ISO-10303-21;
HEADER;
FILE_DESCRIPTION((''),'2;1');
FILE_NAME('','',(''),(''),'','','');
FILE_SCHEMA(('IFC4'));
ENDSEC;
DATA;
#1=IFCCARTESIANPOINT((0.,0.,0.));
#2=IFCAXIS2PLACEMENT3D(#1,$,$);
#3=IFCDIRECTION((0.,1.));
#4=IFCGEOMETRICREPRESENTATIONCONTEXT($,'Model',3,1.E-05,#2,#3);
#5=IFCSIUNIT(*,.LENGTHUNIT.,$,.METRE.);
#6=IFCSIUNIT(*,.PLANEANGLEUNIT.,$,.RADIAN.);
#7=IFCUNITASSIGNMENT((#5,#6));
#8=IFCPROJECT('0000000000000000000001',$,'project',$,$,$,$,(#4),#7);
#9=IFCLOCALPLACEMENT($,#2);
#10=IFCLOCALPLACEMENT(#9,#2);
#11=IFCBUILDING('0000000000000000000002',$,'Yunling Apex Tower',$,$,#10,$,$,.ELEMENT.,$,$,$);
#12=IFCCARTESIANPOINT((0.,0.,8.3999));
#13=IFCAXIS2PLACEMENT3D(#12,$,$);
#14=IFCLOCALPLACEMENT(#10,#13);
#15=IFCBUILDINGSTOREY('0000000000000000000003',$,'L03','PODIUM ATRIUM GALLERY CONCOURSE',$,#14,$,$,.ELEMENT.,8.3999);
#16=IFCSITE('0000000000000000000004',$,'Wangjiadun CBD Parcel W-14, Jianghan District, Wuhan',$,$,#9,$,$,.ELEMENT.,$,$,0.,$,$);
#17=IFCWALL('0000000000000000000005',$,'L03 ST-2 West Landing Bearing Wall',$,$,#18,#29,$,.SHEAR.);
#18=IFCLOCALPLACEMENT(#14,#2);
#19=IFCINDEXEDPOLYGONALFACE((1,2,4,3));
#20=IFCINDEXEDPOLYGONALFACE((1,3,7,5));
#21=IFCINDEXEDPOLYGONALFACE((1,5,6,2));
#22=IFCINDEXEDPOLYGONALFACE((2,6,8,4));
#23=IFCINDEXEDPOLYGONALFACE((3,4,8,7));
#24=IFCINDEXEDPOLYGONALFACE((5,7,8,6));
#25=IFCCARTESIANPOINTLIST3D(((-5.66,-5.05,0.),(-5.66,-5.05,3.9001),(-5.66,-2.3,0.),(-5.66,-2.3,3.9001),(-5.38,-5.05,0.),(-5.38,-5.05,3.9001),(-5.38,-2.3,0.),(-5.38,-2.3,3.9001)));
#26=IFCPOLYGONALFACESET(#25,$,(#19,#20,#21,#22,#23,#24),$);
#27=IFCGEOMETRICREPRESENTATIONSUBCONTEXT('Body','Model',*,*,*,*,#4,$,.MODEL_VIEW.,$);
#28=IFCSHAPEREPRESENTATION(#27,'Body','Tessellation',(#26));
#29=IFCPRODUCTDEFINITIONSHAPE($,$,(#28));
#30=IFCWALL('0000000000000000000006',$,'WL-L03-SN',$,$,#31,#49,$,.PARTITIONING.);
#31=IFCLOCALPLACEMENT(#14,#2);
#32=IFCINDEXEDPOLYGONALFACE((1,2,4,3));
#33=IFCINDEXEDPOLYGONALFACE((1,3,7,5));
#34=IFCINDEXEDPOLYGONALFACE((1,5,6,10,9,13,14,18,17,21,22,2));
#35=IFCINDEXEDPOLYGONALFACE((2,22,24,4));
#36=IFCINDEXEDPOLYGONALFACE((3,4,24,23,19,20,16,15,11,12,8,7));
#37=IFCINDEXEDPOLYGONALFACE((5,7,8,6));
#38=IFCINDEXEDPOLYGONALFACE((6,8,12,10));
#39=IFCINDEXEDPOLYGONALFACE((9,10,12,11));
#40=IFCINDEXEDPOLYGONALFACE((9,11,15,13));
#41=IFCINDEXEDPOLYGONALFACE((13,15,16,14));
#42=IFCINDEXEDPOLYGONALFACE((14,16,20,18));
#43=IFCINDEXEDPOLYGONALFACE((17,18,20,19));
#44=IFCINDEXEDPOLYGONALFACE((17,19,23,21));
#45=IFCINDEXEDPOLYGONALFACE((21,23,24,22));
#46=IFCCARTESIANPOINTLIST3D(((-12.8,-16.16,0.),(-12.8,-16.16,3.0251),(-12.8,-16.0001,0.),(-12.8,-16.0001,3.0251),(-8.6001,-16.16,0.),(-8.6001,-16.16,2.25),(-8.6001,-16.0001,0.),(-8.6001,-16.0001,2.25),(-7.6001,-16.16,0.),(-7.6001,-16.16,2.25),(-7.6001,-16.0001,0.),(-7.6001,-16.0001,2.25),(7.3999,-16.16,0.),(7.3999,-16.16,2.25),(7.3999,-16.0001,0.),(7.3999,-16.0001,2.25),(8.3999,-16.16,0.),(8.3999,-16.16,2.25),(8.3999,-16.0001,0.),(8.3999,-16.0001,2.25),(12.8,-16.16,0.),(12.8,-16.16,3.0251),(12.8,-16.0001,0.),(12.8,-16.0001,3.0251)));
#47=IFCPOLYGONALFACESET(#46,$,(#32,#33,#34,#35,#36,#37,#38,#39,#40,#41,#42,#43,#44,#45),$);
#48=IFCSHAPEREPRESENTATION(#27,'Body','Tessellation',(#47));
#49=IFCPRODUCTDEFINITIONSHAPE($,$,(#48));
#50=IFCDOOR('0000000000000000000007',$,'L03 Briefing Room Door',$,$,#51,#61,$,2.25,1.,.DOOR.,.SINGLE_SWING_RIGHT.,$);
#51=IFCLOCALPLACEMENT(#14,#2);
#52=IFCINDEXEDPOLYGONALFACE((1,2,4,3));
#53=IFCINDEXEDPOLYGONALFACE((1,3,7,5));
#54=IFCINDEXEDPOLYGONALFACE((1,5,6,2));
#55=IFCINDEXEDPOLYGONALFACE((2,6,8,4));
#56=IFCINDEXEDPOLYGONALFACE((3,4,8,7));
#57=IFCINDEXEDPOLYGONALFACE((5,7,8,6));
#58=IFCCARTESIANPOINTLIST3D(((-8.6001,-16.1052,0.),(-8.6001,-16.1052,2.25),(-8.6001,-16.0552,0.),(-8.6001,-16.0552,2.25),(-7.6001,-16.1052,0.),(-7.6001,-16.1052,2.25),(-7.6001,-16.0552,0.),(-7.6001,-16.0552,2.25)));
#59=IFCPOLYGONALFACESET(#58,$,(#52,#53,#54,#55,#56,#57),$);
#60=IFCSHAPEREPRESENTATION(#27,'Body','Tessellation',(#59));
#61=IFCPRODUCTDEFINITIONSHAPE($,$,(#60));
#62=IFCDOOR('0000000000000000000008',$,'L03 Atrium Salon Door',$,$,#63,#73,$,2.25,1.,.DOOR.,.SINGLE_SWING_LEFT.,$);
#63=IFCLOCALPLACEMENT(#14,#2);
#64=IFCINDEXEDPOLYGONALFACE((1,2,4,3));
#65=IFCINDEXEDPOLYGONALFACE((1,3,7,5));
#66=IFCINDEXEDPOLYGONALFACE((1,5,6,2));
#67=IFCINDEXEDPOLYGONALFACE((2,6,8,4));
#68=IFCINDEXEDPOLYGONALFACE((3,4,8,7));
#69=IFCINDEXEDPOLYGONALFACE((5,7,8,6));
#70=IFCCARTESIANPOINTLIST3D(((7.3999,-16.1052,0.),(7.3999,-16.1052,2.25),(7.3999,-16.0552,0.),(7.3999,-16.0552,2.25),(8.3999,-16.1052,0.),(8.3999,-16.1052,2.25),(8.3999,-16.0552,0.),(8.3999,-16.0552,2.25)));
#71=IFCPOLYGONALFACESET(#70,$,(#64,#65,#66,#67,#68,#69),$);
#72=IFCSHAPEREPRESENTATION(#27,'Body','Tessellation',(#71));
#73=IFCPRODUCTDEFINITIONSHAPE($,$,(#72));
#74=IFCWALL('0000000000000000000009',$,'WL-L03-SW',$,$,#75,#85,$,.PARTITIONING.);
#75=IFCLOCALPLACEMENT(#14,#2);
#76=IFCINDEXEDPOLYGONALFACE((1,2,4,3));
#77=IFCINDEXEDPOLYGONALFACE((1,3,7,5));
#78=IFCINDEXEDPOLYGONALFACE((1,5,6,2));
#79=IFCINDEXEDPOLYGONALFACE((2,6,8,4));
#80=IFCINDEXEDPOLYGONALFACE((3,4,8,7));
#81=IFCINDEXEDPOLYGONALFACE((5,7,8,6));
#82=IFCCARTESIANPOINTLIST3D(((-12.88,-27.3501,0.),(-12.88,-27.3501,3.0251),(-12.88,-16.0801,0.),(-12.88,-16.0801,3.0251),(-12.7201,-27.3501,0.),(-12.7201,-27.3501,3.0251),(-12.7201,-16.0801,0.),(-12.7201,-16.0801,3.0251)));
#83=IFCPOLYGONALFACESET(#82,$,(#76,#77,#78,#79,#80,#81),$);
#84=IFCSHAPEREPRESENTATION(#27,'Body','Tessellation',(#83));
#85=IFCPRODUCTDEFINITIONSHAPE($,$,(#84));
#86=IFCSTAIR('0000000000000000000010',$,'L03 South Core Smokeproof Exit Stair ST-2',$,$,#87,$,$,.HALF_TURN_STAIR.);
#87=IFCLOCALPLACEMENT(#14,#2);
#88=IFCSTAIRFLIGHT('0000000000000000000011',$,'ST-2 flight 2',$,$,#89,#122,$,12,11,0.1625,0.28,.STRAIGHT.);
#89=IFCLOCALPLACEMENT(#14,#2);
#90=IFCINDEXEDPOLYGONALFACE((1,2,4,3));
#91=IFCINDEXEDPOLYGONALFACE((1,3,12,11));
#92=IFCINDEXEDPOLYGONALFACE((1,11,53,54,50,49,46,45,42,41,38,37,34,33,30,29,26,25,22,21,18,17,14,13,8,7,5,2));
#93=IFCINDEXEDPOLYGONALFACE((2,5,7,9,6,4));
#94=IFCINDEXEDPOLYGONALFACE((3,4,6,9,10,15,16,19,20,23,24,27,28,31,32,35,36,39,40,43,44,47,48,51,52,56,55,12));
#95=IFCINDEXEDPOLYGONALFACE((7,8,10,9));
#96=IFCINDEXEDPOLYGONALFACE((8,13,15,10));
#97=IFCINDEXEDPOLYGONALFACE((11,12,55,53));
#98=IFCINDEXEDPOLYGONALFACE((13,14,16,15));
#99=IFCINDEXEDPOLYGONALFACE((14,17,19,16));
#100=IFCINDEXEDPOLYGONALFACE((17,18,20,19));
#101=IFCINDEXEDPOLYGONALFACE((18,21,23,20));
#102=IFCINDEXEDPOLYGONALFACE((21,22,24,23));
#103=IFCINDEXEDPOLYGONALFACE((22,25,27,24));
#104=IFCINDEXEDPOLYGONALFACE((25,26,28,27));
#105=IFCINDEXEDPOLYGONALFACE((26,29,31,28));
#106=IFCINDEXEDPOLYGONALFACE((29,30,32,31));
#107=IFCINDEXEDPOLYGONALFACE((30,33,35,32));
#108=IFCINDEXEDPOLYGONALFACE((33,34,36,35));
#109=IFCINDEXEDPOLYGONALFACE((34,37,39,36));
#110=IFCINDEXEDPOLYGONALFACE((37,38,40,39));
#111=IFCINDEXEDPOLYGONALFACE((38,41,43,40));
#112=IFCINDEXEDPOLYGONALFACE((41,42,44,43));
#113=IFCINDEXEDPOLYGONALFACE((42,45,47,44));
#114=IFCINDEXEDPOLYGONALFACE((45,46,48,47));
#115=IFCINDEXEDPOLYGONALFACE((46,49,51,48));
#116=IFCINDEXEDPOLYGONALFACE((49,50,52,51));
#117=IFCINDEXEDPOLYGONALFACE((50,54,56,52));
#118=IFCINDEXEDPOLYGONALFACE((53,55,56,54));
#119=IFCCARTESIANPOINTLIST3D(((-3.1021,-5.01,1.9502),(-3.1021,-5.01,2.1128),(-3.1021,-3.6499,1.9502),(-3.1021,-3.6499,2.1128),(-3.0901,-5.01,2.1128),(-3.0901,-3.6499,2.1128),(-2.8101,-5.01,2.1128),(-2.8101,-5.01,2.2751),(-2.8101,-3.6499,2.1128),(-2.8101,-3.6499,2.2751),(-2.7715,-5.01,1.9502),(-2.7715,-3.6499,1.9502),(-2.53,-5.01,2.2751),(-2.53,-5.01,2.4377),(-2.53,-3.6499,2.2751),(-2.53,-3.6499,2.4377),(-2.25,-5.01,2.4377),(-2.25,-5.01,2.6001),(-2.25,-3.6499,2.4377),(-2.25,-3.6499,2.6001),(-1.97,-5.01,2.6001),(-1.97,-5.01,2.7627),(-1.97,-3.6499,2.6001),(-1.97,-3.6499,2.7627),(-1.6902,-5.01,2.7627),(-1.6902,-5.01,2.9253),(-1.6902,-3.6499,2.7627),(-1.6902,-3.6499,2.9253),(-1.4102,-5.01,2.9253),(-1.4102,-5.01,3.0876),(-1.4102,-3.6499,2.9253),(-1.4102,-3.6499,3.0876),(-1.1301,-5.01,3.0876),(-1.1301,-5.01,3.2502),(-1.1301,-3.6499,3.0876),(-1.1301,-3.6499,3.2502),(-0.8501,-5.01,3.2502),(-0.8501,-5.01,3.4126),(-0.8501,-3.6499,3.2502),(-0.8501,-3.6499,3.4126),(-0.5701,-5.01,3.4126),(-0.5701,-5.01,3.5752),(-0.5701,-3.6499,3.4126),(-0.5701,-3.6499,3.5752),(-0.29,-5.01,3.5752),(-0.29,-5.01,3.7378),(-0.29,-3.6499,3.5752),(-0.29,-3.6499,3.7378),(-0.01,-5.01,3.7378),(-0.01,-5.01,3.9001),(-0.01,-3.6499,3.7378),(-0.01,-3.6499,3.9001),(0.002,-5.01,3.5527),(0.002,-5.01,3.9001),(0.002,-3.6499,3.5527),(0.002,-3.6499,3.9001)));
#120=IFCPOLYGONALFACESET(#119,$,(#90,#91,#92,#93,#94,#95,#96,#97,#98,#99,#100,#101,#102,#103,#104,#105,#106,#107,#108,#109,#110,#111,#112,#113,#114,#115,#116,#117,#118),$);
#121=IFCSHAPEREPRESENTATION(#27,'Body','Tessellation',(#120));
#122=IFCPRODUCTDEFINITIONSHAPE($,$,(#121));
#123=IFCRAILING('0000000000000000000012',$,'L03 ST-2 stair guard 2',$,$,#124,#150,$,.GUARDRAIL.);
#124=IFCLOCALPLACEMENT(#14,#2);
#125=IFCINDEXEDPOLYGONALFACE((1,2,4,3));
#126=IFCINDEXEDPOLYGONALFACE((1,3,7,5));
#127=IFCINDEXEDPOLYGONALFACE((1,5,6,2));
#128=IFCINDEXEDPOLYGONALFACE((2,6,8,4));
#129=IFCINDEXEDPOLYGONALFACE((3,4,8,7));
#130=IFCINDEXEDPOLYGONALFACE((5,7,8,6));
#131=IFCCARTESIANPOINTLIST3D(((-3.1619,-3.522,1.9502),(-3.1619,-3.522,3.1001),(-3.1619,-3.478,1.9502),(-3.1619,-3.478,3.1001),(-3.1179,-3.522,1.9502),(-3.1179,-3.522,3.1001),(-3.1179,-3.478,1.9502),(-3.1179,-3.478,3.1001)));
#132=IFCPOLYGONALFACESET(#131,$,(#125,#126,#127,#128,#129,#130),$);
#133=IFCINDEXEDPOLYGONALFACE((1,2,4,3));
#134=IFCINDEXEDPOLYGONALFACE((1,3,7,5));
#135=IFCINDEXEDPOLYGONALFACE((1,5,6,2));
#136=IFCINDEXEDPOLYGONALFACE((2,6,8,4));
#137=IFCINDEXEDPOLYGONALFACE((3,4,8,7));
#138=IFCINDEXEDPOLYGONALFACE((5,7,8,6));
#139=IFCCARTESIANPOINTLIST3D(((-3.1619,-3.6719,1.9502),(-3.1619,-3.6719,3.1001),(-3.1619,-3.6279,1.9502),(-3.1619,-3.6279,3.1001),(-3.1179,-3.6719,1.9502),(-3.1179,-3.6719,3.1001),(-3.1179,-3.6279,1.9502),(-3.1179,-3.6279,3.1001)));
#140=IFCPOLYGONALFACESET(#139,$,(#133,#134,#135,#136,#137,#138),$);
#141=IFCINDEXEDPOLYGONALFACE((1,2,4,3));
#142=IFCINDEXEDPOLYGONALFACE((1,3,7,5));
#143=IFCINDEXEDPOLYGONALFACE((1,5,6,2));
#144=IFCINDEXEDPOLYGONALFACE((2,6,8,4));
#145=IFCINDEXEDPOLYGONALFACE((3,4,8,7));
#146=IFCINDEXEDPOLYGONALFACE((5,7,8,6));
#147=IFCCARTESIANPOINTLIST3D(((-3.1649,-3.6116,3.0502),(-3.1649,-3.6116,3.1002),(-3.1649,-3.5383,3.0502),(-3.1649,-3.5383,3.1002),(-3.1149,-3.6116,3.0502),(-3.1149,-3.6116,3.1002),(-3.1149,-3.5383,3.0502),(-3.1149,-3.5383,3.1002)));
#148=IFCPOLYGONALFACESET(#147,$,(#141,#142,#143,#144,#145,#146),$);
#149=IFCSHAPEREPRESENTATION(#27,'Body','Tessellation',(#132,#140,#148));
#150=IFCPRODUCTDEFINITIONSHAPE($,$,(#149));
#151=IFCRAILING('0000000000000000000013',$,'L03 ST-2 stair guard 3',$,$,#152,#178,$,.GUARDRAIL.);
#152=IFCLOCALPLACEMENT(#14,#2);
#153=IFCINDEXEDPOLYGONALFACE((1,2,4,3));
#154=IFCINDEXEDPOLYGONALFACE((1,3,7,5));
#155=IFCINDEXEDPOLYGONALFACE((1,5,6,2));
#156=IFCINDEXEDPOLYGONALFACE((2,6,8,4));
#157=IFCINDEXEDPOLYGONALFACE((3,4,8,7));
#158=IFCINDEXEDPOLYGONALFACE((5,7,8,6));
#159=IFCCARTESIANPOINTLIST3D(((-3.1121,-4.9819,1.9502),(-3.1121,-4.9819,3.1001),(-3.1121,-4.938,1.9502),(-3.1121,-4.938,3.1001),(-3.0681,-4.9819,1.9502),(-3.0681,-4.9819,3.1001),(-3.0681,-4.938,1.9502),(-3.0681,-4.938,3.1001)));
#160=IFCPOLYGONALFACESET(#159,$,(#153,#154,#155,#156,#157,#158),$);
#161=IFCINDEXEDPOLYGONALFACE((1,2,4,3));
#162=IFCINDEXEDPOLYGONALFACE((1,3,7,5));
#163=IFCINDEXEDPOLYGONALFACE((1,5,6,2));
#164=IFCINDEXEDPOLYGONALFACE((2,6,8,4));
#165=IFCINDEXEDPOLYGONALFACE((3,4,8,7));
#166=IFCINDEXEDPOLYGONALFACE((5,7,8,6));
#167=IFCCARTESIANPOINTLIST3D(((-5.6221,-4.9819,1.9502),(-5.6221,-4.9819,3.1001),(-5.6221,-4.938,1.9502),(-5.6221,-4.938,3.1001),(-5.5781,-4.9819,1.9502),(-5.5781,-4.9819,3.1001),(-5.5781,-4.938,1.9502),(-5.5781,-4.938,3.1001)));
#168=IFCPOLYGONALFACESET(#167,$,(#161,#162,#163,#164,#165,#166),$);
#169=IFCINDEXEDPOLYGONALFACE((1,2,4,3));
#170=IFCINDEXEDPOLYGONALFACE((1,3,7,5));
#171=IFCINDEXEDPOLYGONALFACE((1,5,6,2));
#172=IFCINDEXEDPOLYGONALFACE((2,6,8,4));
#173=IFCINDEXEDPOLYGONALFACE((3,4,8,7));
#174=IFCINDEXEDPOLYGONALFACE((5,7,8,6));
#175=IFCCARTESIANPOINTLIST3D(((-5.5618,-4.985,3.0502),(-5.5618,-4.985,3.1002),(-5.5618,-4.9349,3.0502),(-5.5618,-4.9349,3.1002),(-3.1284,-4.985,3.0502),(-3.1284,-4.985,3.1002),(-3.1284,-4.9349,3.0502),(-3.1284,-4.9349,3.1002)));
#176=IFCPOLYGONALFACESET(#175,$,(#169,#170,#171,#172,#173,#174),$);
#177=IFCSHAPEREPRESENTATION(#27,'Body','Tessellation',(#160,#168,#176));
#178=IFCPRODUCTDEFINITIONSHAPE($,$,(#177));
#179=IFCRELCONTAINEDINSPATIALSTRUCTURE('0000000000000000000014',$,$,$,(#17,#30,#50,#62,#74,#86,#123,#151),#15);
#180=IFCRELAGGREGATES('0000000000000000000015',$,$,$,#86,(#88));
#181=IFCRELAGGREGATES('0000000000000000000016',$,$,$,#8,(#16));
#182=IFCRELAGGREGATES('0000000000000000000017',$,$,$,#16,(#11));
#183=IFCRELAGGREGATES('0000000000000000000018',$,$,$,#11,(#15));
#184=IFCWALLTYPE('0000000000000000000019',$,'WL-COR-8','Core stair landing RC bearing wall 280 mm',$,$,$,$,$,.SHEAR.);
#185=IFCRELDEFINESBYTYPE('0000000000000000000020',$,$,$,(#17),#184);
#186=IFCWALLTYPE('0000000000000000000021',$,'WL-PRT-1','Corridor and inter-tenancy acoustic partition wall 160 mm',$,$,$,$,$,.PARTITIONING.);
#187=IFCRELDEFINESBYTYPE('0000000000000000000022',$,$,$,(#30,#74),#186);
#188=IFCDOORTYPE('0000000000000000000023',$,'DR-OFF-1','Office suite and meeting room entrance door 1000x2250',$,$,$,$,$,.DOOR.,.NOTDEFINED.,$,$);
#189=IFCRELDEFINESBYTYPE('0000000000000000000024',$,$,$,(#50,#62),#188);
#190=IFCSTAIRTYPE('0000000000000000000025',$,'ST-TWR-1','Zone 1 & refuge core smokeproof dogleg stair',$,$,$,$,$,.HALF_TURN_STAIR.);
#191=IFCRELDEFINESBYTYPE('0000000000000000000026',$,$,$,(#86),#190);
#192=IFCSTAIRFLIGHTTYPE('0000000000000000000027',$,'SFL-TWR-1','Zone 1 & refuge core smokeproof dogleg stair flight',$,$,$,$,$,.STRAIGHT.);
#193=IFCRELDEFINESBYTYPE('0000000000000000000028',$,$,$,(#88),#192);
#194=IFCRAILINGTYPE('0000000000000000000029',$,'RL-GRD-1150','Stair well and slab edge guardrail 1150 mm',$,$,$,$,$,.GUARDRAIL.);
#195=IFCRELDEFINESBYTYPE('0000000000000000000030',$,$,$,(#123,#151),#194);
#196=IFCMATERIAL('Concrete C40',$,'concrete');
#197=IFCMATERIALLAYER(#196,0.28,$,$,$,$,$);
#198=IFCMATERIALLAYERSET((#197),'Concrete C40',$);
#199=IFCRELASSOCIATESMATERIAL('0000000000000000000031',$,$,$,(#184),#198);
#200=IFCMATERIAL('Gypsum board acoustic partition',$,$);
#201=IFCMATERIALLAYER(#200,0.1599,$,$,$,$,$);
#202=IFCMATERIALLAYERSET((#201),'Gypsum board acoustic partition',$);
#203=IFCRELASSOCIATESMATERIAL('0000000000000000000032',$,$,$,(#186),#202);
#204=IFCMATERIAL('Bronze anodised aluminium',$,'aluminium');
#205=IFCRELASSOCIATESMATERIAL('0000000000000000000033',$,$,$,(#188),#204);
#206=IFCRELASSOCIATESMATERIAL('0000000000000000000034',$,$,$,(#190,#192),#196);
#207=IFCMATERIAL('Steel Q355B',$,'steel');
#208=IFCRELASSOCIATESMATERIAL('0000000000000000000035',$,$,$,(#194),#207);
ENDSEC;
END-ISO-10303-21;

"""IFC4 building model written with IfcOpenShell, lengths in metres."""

from ifc_helpers import new_model, si_unit, direction, frame, frame_2d, origin, origin_2d, place, context, subcontext, project, spatial, polyline, rectangle, outline, extrude, material, layer, layer_set, type_object, element, fill, aggregate, save


model = new_model("IFC4")

# Units and contexts
model_context = context("Model", 3, precision=1e-05, world=origin(), true_north=direction((0.0, 1.0)))
body_context = subcontext(model_context, "Body", "Model", "MODEL_VIEW")
ifc_project = project(units=[si_unit("LENGTHUNIT", "METRE"), si_unit("PLANEANGLEUNIT", "RADIAN")], contexts=[model_context])

# Site, building, storey
site_placement = place(None, origin())
site = spatial("IfcSite", under=ifc_project, at=site_placement, Name="Wangjiadun CBD Parcel W-14, Jianghan District, Wuhan", CompositionType="ELEMENT", RefElevation=0.0)
building_placement = place(site_placement, origin())
building = spatial("IfcBuilding", under=site, at=building_placement, Name="Yunling Apex Tower", CompositionType="ELEMENT")
storey_placement = place(building_placement, frame((0.0, 0.0, 8.3999)))
storey = spatial("IfcBuildingStorey", under=building, at=storey_placement, Name="L03", Description="PODIUM ATRIUM GALLERY CONCOURSE", CompositionType="ELEMENT", Elevation=8.3999)

# Shared definitions
ifc_material_1 = material(Name="Steel Q355B", Category="steel")

# Wall
ifc_material_2 = material(Name="Concrete C40", Category="concrete")
ifc_layer_1 = layer(ifc_material_2, 0.28)
ifc_layer_set_1 = layer_set([ifc_layer_1], Name="Concrete C40")
wall_type_1 = type_object("IfcWallType", Name="WL-COR-8", Description="Core stair landing RC bearing wall 280 mm", PredefinedType="SHEAR", material=ifc_layer_set_1)
wall_1_placement = place(storey_placement, frame((-5.52, -5.05, 0.0), z_axis=(0.0, 0.0, 1.0), x_axis=(0.0, 1.0, 0.0)))
element("IfcWall", 1, at=wall_1_placement, inside=storey, type_object=wall_type_1, Name="L03 ST-2 West Landing Bearing Wall", PredefinedType="SHEAR", context=body_context, shape_type="SweptSolid", body=[
    extrude(rectangle(XDim=2.75, YDim=0.28, at=frame_2d((1.375, 0.0))), origin(), (0.0, 0.0, 1.0), 3.9001),
])

# Wall, openings, doors
ifc_material_3 = material(Name="Gypsum board acoustic partition")
ifc_layer_2 = layer(ifc_material_3, 0.1599)
ifc_layer_set_2 = layer_set([ifc_layer_2], Name="Gypsum board acoustic partition")
wall_type_2 = type_object("IfcWallType", Name="WL-PRT-1", Description="Corridor and inter-tenancy acoustic partition wall 160 mm", PredefinedType="PARTITIONING", material=ifc_layer_set_2)
wall_2_placement = place(storey_placement, frame((-12.8, -16.0801, 0.0), z_axis=(0.0, 0.0, 1.0), x_axis=(1.0, 0.0, 0.0)))
wall_2 = element("IfcWall", 2, at=wall_2_placement, inside=storey, type_object=wall_type_2, Name="WL-L03-SN", PredefinedType="PARTITIONING", context=body_context, shape_type="SweptSolid", body=[
    extrude(rectangle(XDim=25.6001, YDim=0.1599, at=frame_2d((12.8, 0.0))), origin(), (0.0, 0.0, 1.0), 3.0251),
])
opening_1_placement = place(wall_2_placement, frame((4.2, 0.0, 0.0)))
opening_1 = element("IfcOpeningElement", 3, at=opening_1_placement, cuts=wall_2, PredefinedType="OPENING", context=body_context, shape_type="SweptSolid", body=[
    extrude(rectangle(XDim=1.0, YDim=2.25, at=frame_2d((0.5, 1.125))), frame((0.0, 0.0898, 0.0), z_axis=(0.0, -1.0, 0.0), x_axis=(1.0, 0.0, 0.0)), (0.0, 0.0, 1.0), 0.1799),
])
opening_2_placement = place(wall_2_placement, frame((20.2, 0.0, 0.0)))
opening_2 = element("IfcOpeningElement", 4, at=opening_2_placement, cuts=wall_2, PredefinedType="OPENING", context=body_context, shape_type="SweptSolid", body=[
    extrude(rectangle(XDim=1.0, YDim=2.25, at=frame_2d((0.5, 1.125))), frame((0.0, 0.0898, 0.0), z_axis=(0.0, -1.0, 0.0), x_axis=(1.0, 0.0, 0.0)), (0.0, 0.0, 1.0), 0.1799),
])
ifc_material_4 = material(Name="Bronze anodised aluminium", Category="aluminium")
door_type_1 = type_object("IfcDoorType", Name="DR-OFF-1", Description="Office suite and meeting room entrance door 1000x2250", OperationType="NOTDEFINED", PredefinedType="DOOR", material=ifc_material_4)
door_1_placement = place(opening_1_placement, origin())
door_1 = element("IfcDoor", 5, at=door_1_placement, inside=storey, type_object=door_type_1, Name="L03 Briefing Room Door", OperationType="SINGLE_SWING_RIGHT", OverallHeight=2.25, OverallWidth=1.0, PredefinedType="DOOR", context=body_context, shape_type="SweptSolid", body=[
    extrude(rectangle(XDim=1.0, YDim=2.25, at=frame_2d((0.5, 1.125))), frame((0.0, 0.0249, 0.0), z_axis=(0.0, -1.0, 0.0), x_axis=(1.0, 0.0, 0.0)), (0.0, 0.0, 1.0), 0.05),
])
fill(opening_1, door_1)
door_2_placement = place(opening_2_placement, origin())
door_2 = element("IfcDoor", 6, at=door_2_placement, inside=storey, type_object=door_type_1, Name="L03 Atrium Salon Door", OperationType="SINGLE_SWING_LEFT", OverallHeight=2.25, OverallWidth=1.0, PredefinedType="DOOR", context=body_context, shape_type="SweptSolid", body=[
    extrude(rectangle(XDim=1.0, YDim=2.25, at=frame_2d((0.5, 1.125))), frame((0.0, 0.0249, 0.0), z_axis=(0.0, -1.0, 0.0), x_axis=(1.0, 0.0, 0.0)), (0.0, 0.0, 1.0), 0.05),
])
fill(opening_2, door_2)

# Wall
wall_3_placement = place(storey_placement, frame((-12.8, -27.3501, 0.0), z_axis=(0.0, 0.0, 1.0), x_axis=(0.0, 1.0, 0.0)))
element("IfcWall", 7, at=wall_3_placement, inside=storey, type_object=wall_type_2, Name="WL-L03-SW", PredefinedType="PARTITIONING", context=body_context, shape_type="SweptSolid", body=[
    extrude(rectangle(XDim=11.27, YDim=0.1599, at=frame_2d((5.635, 0.0))), origin(), (0.0, 0.0, 1.0), 3.0251),
])

# Stair, stair flight
stair_type = type_object("IfcStairType", Name="ST-TWR-1", Description="Zone 1 & refuge core smokeproof dogleg stair", PredefinedType="HALF_TURN_STAIR", material=ifc_material_2)
stair_placement = place(storey_placement, origin())
stair = element("IfcStair", 8, at=stair_placement, inside=storey, type_object=stair_type, Name="L03 South Core Smokeproof Exit Stair ST-2", PredefinedType="HALF_TURN_STAIR")
stair_flight_type = type_object("IfcStairFlightType", Name="SFL-TWR-1", Description="Zone 1 & refuge core smokeproof dogleg stair flight", PredefinedType="STRAIGHT", material=ifc_material_2)
stair_flight_placement = place(storey_placement, frame((-3.0901, -4.3301, 1.9502), z_axis=(0.0, 0.0, 1.0), x_axis=(1.0, 0.0, 0.0)))
stair_flight = element("IfcStairFlight", 9, at=stair_flight_placement, type_object=stair_flight_type, Name="ST-2 flight 2", NumberOfRisers=12, NumberOfTreads=11, PredefinedType="STRAIGHT", RiserHeight=0.1625, TreadLength=0.28, context=body_context, shape_type="SweptSolid", body=[
    extrude(outline(polyline([(-0.012, 0.0), (-0.012, 0.1626), (0.0, 0.1626), (0.28, 0.1626), (0.28, 0.325), (0.5601, 0.325), (0.5601, 0.4875), (0.8401, 0.4875), (0.8401, 0.6499), (1.1201, 0.6499), (1.1201, 0.8125), (1.3999, 0.8125), (1.3999, 0.9751), (1.6799, 0.9751), (1.6799, 1.1375), (1.96, 1.1375), (1.96, 1.3), (2.24, 1.3), (2.24, 1.4624), (2.52, 1.4624), (2.52, 1.625), (2.8, 1.625), (2.8, 1.7876), (3.0801, 1.7876), (3.0801, 1.95), (3.092, 1.95), (3.092, 1.6025), (0.3186, 0.0), (-0.012, 0.0)])), frame((0.0, 0.6802, 0.0), z_axis=(0.0, -1.0, 0.0), x_axis=(1.0, 0.0, 0.0)), (0.0, 0.0, 1.0), 1.3601),
])
aggregate(stair, [stair_flight])

# Railings
railing_type = type_object("IfcRailingType", Name="RL-GRD-1150", Description="Stair well and slab edge guardrail 1150 mm", PredefinedType="GUARDRAIL", material=ifc_material_1)
railing_1_placement = place(storey_placement, frame((-3.1399, -3.5, 1.9502)))
element("IfcRailing", 10, at=railing_1_placement, inside=storey, type_object=railing_type, Name="L03 ST-2 stair guard 2", PredefinedType="GUARDRAIL", context=body_context, shape_type="SweptSolid", body=[
    extrude(rectangle(XDim=0.0439, YDim=0.0439, at=origin_2d()), origin(), (0.0, 0.0, 1.0), 1.1499),
    extrude(rectangle(XDim=0.0439, YDim=0.0439, at=origin_2d()), frame((0.0, -0.1499, 0.0)), (0.0, 0.0, 1.0), 1.1499),
    extrude(rectangle(XDim=0.05, YDim=0.05, at=origin_2d()), frame((0.0, -0.0383, 1.125), z_axis=(0.0, -1.0, 0.0), x_axis=(1.0, 0.0, 0.0)), (0.0, 0.0, 1.0), 0.0732),
])
railing_2_placement = place(storey_placement, frame((-3.0901, -4.96, 1.9502)))
element("IfcRailing", 11, at=railing_2_placement, inside=storey, type_object=railing_type, Name="L03 ST-2 stair guard 3", PredefinedType="GUARDRAIL", context=body_context, shape_type="SweptSolid", body=[
    extrude(rectangle(XDim=0.0439, YDim=0.0439, at=origin_2d()), origin(), (0.0, 0.0, 1.0), 1.1499),
    extrude(rectangle(XDim=0.0439, YDim=0.0439, at=origin_2d()), frame((-2.51, 0.0, 0.0)), (0.0, 0.0, 1.0), 1.1499),
    extrude(rectangle(XDim=0.05, YDim=0.05, at=origin_2d()), frame((-0.0383, 0.0, 1.125), z_axis=(-1.0, 0.0, 0.0), x_axis=(0.0, -1.0, 0.0)), (0.0, 0.0, 1.0), 2.4333),
])

save(model, "model.ifc")
